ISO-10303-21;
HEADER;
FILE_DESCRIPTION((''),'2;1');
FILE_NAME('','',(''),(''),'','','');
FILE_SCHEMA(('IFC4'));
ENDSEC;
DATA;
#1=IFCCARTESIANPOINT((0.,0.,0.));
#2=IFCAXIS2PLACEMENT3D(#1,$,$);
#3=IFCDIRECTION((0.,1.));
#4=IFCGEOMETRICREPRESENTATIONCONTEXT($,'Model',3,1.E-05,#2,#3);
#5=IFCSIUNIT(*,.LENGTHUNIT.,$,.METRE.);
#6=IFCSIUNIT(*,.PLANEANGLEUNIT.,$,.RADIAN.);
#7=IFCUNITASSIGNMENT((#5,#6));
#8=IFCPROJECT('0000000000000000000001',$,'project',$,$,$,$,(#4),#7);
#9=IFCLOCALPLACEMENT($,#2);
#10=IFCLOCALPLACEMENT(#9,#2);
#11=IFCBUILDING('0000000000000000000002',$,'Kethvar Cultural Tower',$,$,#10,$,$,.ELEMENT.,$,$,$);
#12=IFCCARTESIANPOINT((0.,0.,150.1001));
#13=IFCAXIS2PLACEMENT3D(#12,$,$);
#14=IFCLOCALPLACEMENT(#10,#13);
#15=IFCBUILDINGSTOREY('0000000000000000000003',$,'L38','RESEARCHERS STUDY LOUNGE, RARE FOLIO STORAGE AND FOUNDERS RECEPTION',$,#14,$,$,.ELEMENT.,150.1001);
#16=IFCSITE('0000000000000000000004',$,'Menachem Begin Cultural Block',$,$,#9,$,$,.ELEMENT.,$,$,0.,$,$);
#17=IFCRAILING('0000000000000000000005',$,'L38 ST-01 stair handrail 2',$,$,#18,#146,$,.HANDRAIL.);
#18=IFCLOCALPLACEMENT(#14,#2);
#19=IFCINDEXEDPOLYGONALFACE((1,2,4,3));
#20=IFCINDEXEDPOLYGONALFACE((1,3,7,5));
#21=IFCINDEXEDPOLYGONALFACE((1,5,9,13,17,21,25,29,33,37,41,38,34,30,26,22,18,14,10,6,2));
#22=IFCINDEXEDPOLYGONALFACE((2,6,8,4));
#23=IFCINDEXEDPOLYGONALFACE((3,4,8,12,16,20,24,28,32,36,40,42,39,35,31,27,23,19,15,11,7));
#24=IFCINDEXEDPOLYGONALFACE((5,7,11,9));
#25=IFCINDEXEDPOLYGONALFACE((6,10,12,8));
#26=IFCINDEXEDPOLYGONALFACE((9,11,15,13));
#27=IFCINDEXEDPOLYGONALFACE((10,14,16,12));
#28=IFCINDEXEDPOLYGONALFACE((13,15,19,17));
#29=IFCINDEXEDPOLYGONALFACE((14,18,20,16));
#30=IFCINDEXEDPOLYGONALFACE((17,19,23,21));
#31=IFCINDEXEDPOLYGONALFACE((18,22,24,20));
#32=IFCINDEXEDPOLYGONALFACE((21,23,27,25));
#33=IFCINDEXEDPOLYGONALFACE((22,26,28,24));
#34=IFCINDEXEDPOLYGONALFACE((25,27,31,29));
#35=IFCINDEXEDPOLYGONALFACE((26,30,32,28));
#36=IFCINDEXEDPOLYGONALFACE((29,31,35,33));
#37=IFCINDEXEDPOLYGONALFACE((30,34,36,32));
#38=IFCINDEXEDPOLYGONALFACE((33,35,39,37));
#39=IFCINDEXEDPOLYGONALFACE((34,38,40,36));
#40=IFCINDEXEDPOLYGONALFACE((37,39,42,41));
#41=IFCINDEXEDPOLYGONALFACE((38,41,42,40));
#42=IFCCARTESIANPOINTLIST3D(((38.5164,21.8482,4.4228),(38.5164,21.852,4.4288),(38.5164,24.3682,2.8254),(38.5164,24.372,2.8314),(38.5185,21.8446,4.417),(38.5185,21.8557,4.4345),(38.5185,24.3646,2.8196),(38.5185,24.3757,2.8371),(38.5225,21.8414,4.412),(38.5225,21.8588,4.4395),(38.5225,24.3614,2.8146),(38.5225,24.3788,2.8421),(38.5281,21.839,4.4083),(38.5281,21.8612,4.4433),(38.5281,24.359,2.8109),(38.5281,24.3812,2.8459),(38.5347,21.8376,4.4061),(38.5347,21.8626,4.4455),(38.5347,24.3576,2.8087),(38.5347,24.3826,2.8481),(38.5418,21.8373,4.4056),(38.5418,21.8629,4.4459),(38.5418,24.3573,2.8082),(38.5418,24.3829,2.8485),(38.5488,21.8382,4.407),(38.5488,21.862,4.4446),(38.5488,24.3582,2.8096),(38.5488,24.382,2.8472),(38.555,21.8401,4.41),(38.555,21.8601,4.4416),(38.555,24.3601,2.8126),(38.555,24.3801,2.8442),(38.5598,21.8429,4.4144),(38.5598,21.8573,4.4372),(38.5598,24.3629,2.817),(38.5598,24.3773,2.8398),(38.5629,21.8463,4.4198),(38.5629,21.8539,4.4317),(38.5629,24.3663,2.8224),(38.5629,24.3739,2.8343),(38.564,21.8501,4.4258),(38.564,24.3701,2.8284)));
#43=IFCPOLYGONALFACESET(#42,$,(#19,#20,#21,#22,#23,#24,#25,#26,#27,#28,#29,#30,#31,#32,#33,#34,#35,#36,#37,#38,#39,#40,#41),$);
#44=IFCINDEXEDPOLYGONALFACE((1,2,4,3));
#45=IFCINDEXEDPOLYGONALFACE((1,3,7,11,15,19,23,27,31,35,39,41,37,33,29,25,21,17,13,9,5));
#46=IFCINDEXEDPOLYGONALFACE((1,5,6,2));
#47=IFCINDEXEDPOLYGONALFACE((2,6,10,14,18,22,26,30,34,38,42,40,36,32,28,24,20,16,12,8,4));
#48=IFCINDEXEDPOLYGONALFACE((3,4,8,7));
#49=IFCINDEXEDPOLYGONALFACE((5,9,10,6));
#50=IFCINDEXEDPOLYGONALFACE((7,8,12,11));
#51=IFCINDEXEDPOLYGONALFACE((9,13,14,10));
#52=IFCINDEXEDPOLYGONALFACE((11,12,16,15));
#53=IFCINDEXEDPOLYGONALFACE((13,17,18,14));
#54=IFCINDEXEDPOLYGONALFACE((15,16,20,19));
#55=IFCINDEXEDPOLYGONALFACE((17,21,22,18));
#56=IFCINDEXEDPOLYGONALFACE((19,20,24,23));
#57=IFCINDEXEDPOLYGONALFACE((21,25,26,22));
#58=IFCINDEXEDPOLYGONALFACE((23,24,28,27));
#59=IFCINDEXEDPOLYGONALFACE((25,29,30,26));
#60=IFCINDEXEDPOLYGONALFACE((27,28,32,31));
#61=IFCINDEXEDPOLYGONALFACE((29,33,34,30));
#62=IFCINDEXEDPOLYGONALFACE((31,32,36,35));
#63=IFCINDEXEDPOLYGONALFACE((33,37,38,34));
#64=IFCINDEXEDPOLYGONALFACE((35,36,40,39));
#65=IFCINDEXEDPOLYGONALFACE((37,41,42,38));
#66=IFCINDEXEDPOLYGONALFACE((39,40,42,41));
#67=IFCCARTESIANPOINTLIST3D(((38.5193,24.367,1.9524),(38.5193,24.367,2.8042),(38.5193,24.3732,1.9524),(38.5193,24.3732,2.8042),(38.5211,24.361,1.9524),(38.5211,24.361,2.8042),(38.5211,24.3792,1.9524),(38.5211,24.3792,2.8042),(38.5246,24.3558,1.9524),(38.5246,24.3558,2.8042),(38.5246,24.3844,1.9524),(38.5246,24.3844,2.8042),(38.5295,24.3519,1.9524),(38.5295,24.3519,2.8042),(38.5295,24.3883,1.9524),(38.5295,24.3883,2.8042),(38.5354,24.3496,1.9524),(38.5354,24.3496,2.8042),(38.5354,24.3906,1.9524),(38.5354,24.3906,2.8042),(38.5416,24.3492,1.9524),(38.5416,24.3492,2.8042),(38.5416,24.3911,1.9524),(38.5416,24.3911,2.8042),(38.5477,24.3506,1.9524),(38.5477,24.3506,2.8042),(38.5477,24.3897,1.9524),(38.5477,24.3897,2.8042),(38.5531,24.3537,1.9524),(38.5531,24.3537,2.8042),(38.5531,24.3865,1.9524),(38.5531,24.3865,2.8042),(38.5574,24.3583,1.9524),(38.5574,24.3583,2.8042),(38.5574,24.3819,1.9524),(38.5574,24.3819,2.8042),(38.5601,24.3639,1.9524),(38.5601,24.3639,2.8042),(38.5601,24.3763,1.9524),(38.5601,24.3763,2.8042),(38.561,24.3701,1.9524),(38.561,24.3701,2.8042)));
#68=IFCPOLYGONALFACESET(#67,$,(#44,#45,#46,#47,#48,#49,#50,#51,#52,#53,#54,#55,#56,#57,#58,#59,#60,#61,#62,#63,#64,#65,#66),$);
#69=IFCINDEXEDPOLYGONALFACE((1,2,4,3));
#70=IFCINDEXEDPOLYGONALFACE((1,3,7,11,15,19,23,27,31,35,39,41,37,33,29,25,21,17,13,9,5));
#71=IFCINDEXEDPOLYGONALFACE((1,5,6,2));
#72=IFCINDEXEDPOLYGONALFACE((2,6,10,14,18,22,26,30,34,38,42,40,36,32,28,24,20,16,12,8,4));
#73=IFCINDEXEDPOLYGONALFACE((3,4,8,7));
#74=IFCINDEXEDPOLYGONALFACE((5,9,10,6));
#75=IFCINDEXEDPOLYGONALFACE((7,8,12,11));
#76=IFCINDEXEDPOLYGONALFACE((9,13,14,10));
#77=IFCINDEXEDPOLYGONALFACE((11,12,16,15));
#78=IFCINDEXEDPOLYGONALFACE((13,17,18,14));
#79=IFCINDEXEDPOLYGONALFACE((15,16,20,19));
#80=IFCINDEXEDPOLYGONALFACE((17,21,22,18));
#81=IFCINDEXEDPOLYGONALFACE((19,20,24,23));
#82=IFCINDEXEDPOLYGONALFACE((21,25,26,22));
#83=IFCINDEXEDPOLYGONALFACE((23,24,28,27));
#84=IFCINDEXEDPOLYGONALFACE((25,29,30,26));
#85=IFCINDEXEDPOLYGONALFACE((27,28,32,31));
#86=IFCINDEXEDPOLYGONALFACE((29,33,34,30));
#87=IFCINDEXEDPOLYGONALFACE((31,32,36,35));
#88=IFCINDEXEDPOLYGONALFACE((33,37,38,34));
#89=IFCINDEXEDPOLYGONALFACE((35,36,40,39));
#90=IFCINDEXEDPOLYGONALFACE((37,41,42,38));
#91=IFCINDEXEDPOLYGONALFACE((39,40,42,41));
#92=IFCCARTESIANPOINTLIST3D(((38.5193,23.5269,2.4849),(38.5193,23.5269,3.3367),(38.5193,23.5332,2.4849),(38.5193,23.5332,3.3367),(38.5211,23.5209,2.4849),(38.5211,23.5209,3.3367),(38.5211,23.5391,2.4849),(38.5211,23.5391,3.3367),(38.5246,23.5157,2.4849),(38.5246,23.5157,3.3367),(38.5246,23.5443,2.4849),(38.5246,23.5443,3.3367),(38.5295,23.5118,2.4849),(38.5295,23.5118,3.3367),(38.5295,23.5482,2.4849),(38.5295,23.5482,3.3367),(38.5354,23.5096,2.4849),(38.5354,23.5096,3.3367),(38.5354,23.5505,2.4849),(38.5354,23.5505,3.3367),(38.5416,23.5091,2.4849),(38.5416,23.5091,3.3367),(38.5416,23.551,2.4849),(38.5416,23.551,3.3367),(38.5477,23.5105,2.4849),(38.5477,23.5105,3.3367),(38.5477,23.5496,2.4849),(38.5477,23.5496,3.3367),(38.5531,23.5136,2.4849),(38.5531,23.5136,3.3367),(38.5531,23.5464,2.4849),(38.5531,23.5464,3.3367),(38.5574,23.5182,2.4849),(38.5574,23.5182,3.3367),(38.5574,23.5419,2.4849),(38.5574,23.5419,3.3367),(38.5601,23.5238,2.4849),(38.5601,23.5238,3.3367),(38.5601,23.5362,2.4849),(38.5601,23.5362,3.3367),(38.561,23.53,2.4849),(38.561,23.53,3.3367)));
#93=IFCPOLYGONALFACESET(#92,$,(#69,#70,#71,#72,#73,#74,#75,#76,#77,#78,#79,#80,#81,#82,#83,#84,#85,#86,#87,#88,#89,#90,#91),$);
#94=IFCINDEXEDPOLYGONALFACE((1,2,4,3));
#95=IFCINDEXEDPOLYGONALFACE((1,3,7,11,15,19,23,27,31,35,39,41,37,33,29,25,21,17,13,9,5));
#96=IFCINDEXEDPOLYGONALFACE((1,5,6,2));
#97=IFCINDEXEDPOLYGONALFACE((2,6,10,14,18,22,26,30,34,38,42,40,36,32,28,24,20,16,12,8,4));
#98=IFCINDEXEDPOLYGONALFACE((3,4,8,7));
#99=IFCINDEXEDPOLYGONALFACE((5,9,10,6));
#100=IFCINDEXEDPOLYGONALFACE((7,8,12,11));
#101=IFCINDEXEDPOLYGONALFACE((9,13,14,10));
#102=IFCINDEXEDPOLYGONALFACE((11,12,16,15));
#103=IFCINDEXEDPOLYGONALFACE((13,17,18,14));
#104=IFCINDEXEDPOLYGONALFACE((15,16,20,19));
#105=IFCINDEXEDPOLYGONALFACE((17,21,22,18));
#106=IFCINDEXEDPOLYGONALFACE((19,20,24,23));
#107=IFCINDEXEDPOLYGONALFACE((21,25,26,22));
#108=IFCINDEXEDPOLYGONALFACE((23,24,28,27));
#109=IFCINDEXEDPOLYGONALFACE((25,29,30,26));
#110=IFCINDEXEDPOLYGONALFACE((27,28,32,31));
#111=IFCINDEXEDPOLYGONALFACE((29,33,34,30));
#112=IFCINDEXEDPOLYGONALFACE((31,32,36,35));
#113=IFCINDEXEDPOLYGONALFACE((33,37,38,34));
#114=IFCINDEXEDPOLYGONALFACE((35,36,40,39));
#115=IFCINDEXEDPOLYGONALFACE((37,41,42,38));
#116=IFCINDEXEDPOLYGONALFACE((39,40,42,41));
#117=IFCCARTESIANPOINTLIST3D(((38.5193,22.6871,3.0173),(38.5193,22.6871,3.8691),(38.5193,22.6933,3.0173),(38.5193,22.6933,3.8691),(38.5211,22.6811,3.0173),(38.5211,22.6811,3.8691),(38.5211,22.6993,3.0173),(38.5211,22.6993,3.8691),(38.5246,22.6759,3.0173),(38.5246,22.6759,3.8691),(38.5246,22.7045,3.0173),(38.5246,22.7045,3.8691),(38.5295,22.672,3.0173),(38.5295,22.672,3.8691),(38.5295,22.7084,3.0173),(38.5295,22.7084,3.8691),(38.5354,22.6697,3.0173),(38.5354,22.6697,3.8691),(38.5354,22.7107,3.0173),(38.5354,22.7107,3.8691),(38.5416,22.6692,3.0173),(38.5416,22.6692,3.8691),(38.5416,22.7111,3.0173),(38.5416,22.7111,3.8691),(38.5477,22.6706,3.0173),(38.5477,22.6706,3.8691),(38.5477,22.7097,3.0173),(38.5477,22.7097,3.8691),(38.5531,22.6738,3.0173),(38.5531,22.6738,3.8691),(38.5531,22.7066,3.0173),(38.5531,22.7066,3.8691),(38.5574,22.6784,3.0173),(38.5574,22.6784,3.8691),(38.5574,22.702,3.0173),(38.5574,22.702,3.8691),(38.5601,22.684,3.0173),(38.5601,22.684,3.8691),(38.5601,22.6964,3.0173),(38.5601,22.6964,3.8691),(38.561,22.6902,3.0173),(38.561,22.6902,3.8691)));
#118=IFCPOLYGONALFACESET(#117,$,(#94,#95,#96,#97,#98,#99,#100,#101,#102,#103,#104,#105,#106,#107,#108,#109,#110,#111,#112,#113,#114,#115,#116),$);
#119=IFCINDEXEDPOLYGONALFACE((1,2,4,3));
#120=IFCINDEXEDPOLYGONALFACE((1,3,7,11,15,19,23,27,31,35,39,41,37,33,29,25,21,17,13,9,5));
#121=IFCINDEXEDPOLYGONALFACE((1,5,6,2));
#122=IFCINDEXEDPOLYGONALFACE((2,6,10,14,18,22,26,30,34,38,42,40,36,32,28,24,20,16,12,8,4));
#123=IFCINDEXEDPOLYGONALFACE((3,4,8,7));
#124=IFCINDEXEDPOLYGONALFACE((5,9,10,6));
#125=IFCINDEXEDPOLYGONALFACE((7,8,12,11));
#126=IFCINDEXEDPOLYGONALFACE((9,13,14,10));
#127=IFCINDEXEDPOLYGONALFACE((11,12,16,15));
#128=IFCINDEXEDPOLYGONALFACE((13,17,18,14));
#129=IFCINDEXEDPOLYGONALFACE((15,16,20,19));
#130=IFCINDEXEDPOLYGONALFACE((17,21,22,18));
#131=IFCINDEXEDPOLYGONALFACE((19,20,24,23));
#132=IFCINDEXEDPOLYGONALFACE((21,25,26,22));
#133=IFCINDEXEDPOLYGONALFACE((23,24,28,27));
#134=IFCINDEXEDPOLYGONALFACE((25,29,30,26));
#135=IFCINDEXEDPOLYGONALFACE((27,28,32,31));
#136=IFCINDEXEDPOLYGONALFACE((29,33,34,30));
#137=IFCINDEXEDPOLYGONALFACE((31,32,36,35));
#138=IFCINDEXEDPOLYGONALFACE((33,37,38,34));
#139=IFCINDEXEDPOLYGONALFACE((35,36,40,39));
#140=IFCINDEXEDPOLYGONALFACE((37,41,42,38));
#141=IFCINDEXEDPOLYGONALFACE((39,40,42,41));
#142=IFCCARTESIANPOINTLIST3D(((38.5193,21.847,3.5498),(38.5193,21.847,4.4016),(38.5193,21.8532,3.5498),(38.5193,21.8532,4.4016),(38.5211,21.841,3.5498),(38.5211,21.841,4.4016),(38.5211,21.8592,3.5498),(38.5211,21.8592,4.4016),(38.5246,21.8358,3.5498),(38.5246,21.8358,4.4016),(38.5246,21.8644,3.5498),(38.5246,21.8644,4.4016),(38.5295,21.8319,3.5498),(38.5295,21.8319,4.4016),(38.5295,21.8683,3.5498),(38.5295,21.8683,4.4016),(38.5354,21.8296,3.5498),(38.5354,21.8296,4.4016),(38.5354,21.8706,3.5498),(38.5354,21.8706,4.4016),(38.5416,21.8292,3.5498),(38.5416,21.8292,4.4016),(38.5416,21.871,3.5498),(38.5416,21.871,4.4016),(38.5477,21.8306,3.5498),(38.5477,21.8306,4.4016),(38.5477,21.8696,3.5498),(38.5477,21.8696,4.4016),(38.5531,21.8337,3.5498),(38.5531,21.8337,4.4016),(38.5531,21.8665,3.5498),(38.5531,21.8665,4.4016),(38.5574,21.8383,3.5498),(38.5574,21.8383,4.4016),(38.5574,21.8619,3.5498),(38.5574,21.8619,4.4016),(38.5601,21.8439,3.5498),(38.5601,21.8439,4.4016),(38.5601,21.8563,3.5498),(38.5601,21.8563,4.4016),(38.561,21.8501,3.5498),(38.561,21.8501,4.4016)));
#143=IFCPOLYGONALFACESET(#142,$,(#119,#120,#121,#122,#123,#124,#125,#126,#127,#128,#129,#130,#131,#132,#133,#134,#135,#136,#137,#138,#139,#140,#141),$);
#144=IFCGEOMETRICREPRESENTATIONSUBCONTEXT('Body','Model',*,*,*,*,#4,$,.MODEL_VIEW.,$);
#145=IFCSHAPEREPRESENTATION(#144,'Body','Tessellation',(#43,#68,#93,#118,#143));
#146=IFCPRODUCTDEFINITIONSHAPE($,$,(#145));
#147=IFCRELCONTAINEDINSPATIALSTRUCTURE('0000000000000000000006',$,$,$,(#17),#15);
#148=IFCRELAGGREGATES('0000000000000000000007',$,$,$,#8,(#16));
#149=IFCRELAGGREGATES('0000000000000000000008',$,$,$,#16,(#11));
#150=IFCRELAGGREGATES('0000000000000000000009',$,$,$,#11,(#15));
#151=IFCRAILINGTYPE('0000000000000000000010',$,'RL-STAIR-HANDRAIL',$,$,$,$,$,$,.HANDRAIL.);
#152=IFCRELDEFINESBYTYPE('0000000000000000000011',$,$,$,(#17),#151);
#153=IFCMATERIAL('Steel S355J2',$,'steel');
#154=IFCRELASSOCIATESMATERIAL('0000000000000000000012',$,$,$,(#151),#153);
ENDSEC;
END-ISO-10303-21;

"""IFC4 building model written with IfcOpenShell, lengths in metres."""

from ifc_helpers import new_model, si_unit, direction, frame, origin, origin_2d, place, context, subcontext, project, spatial, circle, extrude, material, type_object, element, save


model = new_model("IFC4")

# Units and contexts
model_context = context("Model", 3, precision=1e-05, world=origin(), true_north=direction((0.0, 1.0)))
body_context = subcontext(model_context, "Body", "Model", "MODEL_VIEW")
ifc_project = project(units=[si_unit("LENGTHUNIT", "METRE"), si_unit("PLANEANGLEUNIT", "RADIAN")], contexts=[model_context])

# Site, building, storey
site_placement = place(None, origin())
site = spatial("IfcSite", under=ifc_project, at=site_placement, Name="Menachem Begin Cultural Block", CompositionType="ELEMENT", RefElevation=0.0)
building_placement = place(site_placement, origin())
building = spatial("IfcBuilding", under=site, at=building_placement, Name="Kethvar Cultural Tower", CompositionType="ELEMENT")
storey_placement = place(building_placement, frame((0.0, 0.0, 150.1001)))
storey = spatial("IfcBuildingStorey", under=building, at=storey_placement, Name="L38", Description="RESEARCHERS STUDY LOUNGE, RARE FOLIO STORAGE AND FOUNDERS RECEPTION", CompositionType="ELEMENT", Elevation=150.1001)

# Shared definitions
ifc_material_1 = material(Name="Steel S355J2", Category="steel")

# Railing
railing_type_1 = type_object("IfcRailingType", Name="RL-STAIR-HANDRAIL", PredefinedType="HANDRAIL", material=ifc_material_1)
railing_1_placement = place(storey_placement, frame((38.54, 24.3701, 1.9524)))
element("IfcRailing", 1, at=railing_1_placement, inside=storey, type_object=railing_type_1, Name="L38 ST-01 stair handrail 2", PredefinedType="HANDRAIL", context=body_context, shape_type="SweptSolid", body=[
    extrude(circle(Radius=0.0239, at=origin_2d()), frame((0.0, 0.0, 0.876), z_axis=(0.0, -0.844607, 0.535387), x_axis=(1.0, 0.0, 0.0)), (0.0, 0.0, 1.0), 2.9836),
    extrude(circle(Radius=0.021, at=origin_2d()), origin(), (0.0, 0.0, 1.0), 0.8518),
    extrude(circle(Radius=0.021, at=origin_2d()), frame((0.0, -0.8401, 0.5325)), (0.0, 0.0, 1.0), 0.8518),
    extrude(circle(Radius=0.021, at=origin_2d()), frame((0.0, -1.6799, 1.0649)), (0.0, 0.0, 1.0), 0.8518),
    extrude(circle(Radius=0.021, at=origin_2d()), frame((0.0, -2.52, 1.5974)), (0.0, 0.0, 1.0), 0.8518),
])

save(model, "model.ifc")
